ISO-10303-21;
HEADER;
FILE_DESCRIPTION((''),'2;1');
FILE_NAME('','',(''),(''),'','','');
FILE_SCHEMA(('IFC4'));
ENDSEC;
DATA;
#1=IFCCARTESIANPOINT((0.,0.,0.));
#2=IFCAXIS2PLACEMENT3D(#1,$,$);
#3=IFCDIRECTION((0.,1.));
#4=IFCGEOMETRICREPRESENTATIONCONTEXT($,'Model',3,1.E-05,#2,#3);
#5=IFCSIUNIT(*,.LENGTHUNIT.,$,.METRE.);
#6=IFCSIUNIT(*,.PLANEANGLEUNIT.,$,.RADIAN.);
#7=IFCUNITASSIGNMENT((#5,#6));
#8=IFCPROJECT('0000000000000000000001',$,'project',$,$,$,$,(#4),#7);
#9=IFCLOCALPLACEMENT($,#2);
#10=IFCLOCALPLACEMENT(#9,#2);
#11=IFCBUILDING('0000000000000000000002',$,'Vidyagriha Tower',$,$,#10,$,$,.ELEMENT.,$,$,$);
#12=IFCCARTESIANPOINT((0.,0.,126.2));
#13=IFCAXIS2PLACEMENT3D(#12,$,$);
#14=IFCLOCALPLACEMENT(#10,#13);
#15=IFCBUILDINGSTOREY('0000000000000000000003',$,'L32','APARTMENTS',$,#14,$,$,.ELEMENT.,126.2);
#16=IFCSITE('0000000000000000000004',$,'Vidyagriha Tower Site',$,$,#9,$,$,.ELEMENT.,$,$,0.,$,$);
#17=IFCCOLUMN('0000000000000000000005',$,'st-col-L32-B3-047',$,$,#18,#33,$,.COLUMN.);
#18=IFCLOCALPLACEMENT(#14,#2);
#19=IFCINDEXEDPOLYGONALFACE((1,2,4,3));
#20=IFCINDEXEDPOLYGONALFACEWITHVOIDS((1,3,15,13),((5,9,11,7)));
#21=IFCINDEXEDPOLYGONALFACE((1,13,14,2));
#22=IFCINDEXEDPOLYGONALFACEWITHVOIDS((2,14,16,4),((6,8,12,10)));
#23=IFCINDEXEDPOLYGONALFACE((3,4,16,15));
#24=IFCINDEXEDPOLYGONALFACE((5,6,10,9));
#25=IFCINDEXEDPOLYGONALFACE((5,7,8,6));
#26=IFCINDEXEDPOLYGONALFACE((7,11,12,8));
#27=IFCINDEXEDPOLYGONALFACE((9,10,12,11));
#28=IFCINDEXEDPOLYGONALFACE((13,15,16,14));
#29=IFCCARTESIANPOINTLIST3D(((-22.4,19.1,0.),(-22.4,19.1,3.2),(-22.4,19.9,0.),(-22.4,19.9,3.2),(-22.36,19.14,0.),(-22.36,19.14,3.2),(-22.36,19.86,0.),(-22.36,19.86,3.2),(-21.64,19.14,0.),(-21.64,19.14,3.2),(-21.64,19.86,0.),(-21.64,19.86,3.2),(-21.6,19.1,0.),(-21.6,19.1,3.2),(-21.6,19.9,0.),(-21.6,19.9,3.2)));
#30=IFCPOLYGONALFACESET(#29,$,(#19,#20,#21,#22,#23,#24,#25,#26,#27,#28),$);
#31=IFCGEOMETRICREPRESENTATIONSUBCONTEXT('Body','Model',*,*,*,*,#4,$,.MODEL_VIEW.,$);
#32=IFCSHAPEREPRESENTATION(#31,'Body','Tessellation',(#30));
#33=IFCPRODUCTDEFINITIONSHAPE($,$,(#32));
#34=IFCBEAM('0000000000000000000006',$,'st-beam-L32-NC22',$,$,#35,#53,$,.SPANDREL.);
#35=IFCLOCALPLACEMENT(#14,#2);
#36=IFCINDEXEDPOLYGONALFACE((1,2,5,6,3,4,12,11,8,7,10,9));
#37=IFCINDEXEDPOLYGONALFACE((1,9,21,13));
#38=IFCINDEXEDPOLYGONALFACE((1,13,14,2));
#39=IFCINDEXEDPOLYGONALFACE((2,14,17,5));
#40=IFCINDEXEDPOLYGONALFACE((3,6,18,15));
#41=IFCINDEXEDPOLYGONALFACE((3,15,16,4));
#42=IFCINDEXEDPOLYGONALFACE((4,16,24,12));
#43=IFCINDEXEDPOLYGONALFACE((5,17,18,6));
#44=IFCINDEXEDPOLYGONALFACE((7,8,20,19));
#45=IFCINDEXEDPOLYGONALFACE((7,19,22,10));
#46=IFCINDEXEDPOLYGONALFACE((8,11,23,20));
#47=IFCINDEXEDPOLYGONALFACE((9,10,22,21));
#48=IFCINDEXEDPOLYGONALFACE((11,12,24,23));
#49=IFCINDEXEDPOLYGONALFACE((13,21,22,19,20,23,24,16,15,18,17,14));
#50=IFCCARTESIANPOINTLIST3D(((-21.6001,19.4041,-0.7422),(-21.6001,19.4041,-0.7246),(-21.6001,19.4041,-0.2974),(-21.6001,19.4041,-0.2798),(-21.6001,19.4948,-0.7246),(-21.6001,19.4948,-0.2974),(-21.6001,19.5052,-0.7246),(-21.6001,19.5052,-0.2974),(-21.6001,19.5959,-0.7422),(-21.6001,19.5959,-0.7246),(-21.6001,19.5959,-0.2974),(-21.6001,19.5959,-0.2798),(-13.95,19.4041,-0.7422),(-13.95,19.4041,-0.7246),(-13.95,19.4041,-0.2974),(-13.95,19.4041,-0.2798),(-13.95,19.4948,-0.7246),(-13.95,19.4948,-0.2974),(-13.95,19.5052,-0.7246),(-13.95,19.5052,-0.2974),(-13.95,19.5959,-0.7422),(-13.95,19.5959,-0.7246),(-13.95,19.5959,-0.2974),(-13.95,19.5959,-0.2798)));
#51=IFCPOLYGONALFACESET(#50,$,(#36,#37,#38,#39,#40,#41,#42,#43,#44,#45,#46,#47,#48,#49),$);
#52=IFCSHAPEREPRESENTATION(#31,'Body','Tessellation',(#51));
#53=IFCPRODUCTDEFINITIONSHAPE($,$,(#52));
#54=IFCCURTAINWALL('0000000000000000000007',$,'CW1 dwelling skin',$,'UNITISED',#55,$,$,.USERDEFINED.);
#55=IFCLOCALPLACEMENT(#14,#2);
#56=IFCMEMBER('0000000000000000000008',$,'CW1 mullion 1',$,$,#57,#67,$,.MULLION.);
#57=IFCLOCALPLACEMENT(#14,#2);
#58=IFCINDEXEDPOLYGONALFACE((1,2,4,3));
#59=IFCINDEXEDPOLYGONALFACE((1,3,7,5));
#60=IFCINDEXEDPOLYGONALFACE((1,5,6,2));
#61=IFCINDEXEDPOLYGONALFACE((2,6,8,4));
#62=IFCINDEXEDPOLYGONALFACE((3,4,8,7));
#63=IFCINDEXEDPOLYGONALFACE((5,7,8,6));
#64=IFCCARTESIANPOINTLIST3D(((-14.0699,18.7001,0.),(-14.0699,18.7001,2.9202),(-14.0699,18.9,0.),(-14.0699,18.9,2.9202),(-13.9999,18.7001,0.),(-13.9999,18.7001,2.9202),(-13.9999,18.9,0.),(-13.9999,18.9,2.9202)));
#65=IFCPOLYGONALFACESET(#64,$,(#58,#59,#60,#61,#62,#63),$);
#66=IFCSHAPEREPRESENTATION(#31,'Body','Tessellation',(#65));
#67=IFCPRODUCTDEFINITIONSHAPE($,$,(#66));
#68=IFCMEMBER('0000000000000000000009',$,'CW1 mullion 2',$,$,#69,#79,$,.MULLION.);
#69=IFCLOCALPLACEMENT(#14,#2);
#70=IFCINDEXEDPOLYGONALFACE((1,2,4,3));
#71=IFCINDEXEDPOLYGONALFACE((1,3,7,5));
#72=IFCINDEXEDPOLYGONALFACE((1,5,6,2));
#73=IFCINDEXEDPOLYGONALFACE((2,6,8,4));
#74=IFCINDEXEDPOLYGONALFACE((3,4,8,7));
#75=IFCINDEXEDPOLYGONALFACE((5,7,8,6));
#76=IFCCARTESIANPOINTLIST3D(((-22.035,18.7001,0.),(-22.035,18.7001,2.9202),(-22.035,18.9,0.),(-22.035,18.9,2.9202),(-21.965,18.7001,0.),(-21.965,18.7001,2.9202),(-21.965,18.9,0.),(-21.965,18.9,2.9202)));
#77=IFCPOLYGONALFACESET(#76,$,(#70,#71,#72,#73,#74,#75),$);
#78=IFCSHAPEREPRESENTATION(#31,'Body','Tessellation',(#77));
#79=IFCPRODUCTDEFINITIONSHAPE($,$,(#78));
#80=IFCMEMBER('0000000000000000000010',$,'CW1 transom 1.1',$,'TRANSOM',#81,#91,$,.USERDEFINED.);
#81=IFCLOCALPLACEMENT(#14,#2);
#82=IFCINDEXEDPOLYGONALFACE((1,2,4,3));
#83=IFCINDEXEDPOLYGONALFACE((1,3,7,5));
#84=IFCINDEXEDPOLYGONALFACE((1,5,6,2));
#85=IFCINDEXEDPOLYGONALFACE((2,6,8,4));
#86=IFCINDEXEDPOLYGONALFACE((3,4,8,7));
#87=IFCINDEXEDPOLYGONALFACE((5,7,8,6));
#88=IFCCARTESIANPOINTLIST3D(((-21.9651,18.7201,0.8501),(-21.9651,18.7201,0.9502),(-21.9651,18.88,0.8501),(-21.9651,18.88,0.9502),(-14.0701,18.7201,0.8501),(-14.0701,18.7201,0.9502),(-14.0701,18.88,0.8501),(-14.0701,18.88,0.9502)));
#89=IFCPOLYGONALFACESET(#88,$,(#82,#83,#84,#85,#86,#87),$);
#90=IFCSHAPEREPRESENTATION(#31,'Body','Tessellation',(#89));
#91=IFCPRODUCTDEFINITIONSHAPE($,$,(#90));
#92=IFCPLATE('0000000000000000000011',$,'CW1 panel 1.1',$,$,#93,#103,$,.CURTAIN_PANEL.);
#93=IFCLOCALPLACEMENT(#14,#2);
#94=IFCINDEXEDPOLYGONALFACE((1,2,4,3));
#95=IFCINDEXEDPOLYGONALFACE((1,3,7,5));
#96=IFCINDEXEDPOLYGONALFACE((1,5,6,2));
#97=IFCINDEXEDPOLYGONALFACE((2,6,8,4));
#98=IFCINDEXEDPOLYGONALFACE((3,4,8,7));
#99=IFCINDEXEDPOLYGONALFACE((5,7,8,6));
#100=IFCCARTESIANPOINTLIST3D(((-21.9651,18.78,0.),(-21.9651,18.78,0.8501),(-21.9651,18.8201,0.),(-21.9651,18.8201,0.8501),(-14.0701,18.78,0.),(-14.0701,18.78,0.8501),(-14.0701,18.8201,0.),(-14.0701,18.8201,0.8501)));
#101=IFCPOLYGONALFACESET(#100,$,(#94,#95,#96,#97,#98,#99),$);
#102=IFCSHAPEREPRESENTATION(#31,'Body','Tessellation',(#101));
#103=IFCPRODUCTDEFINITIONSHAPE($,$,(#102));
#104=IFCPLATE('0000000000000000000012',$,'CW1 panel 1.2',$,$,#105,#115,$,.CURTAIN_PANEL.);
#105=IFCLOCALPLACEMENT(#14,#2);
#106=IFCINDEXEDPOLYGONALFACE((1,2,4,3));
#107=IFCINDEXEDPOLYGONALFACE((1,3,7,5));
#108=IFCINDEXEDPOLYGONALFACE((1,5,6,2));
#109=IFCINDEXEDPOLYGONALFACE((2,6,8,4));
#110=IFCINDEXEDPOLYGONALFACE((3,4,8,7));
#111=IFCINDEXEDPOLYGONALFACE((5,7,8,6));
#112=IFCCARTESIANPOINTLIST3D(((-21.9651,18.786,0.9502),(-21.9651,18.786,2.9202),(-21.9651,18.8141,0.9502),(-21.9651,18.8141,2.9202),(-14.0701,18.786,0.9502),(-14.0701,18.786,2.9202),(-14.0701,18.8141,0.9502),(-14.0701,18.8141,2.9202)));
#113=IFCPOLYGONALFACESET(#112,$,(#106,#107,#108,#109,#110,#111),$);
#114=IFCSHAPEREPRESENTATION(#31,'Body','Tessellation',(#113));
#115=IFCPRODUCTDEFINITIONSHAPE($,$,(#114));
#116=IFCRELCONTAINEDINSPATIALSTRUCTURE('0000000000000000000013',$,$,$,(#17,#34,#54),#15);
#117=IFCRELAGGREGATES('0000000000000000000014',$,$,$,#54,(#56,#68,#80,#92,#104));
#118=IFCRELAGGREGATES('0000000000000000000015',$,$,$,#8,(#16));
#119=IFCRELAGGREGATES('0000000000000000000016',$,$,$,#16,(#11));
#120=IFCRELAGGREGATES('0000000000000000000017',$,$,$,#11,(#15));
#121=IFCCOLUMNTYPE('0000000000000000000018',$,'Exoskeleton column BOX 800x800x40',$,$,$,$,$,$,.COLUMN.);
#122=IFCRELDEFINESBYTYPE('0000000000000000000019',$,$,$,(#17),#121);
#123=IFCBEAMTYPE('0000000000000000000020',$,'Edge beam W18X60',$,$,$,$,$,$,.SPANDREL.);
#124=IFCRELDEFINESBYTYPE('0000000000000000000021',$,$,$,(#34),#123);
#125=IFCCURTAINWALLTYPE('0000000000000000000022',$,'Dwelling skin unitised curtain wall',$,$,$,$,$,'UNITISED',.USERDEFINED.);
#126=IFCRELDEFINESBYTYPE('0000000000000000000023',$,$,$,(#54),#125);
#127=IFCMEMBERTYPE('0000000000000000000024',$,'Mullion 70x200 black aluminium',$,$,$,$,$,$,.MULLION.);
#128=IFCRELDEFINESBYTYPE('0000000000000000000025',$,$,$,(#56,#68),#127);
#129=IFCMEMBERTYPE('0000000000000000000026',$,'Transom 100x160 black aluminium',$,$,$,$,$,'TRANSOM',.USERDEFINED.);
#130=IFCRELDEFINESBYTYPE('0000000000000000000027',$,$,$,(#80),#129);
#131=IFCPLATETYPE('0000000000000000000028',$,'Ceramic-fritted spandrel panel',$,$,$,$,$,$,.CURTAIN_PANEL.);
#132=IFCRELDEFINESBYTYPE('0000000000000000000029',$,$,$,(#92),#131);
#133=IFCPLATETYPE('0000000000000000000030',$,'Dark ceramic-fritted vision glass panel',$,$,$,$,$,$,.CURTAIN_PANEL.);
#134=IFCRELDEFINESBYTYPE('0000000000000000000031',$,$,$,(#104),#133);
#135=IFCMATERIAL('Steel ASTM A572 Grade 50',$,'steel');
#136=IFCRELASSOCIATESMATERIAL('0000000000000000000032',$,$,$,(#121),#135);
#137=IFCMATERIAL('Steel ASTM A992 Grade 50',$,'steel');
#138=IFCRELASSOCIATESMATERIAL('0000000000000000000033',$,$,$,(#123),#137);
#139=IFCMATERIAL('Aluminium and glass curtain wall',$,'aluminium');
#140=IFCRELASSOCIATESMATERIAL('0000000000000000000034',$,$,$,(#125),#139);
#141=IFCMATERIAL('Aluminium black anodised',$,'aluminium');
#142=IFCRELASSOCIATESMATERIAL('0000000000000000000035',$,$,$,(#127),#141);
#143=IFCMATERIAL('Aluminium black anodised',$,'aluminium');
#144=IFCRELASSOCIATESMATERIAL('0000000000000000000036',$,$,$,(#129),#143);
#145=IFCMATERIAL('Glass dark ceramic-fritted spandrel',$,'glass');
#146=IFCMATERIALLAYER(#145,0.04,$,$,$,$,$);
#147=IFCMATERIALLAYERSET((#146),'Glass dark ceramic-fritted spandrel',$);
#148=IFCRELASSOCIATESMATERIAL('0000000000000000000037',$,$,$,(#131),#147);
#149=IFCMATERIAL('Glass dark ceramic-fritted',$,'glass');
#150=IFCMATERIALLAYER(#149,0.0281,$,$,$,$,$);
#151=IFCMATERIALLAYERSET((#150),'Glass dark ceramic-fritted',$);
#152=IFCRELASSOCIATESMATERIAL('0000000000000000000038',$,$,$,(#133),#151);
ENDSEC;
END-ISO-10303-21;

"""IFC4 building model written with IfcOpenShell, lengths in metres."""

from ifc_helpers import new_model, si_unit, direction, frame, origin, origin_2d, place, context, subcontext, project, spatial, rectangle, hollow_rectangle, i_section, extrude, material, layer, layer_set, material_profile, profile_set, type_object, element, aggregate, save


model = new_model("IFC4")

# Units and contexts
model_context = context("Model", 3, precision=1e-05, world=origin(), true_north=direction((0.0, 1.0)))
body_context = subcontext(model_context, "Body", "Model", "MODEL_VIEW")
ifc_project = project(units=[si_unit("LENGTHUNIT", "METRE"), si_unit("PLANEANGLEUNIT", "RADIAN")], contexts=[model_context])

# Site, building, storey
site_placement = place(None, origin())
site = spatial("IfcSite", under=ifc_project, at=site_placement, Name="Vidyagriha Tower Site", CompositionType="ELEMENT", RefElevation=0.0)
building_placement = place(site_placement, origin())
building = spatial("IfcBuilding", under=site, at=building_placement, Name="Vidyagriha Tower", CompositionType="ELEMENT")
storey_placement = place(building_placement, frame((0.0, 0.0, 126.2)))
storey = spatial("IfcBuildingStorey", under=building, at=storey_placement, Name="L32", Description="APARTMENTS", CompositionType="ELEMENT", Elevation=126.2)

# Column
ifc_material_1 = material(Name="Steel ASTM A572 Grade 50", Category="steel")
ifc_material_profile_1 = material_profile(ifc_material_1, hollow_rectangle(XDim=0.8, YDim=0.8, WallThickness=0.04, at=origin_2d()), Name="BOX 800x800x40")
ifc_profile_set_1 = profile_set([ifc_material_profile_1], Name="Steel ASTM A572 Grade 50")
column_type = type_object("IfcColumnType", Name="Exoskeleton column BOX 800x800x40", PredefinedType="COLUMN", material=ifc_profile_set_1)
column_placement = place(storey_placement, frame((-22.0, 19.5, 0.0)))
element("IfcColumn", 1, at=column_placement, inside=storey, type_object=column_type, Name="st-col-L32-B3-047", PredefinedType="COLUMN", context=body_context, shape_type="SweptSolid", body=[
    extrude(hollow_rectangle(XDim=0.8, YDim=0.8, WallThickness=0.04, at=origin_2d()), origin(), (0.0, 0.0, 1.0), 3.2),
])

# Beam
ifc_material_2 = material(Name="Steel ASTM A992 Grade 50", Category="steel")
ifc_material_profile_2 = material_profile(ifc_material_2, i_section(OverallWidth=0.1919, OverallDepth=0.4624, WebThickness=0.0105, FlangeThickness=0.0176, at=origin_2d()), Name="W18X60")
ifc_profile_set_2 = profile_set([ifc_material_profile_2], Name="Steel ASTM A992 Grade 50")
beam_type = type_object("IfcBeamType", Name="Edge beam W18X60", PredefinedType="SPANDREL", material=ifc_profile_set_2)
beam_placement = place(storey_placement, frame((-21.6001, 19.5, -0.511), z_axis=(1.0, 0.0, 0.0), x_axis=(0.0, 1.0, 0.0)))
element("IfcBeam", 2, at=beam_placement, inside=storey, type_object=beam_type, Name="st-beam-L32-NC22", PredefinedType="SPANDREL", context=body_context, shape_type="SweptSolid", body=[
    extrude(i_section(OverallWidth=0.1919, OverallDepth=0.4624, WebThickness=0.0105, FlangeThickness=0.0176, at=origin_2d()), origin(), (0.0, 0.0, 1.0), 7.6501),
])

# Curtain wall, members, plates
ifc_material_3 = material(Name="Aluminium and glass curtain wall", Category="aluminium")
curtain_wall_type = type_object("IfcCurtainWallType", Name="Dwelling skin unitised curtain wall", ElementType="UNITISED", PredefinedType="USERDEFINED", material=ifc_material_3)
curtain_wall_placement = place(storey_placement, origin())
curtain_wall = element("IfcCurtainWall", 3, at=curtain_wall_placement, inside=storey, type_object=curtain_wall_type, Name="CW1 dwelling skin", ObjectType="UNITISED", PredefinedType="USERDEFINED")
ifc_material_4 = material(Name="Aluminium black anodised", Category="aluminium")
ifc_material_profile_3 = material_profile(ifc_material_4, rectangle(XDim=0.2, YDim=0.0701, at=origin_2d()), Name="Mullion 70x200 black aluminium")
ifc_profile_set_3 = profile_set([ifc_material_profile_3], Name="Aluminium black anodised")
member_type_1 = type_object("IfcMemberType", Name="Mullion 70x200 black aluminium", PredefinedType="MULLION", material=ifc_profile_set_3)
member_1_placement = place(storey_placement, frame((-14.0349, 18.8, 0.0), z_axis=(0.0, 0.0, 1.0), x_axis=(0.0, -1.0, 0.0)))
member_1 = element("IfcMember", 4, at=member_1_placement, type_object=member_type_1, Name="CW1 mullion 1", PredefinedType="MULLION", context=body_context, shape_type="SweptSolid", body=[
    extrude(rectangle(XDim=0.2, YDim=0.0701, at=origin_2d()), origin(), (0.0, 0.0, 1.0), 2.9202),
])
member_2_placement = place(storey_placement, frame((-22.0, 18.8, 0.0), z_axis=(0.0, 0.0, 1.0), x_axis=(0.0, -1.0, 0.0)))
member_2 = element("IfcMember", 5, at=member_2_placement, type_object=member_type_1, Name="CW1 mullion 2", PredefinedType="MULLION", context=body_context, shape_type="SweptSolid", body=[
    extrude(rectangle(XDim=0.2, YDim=0.0701, at=origin_2d()), origin(), (0.0, 0.0, 1.0), 2.9202),
])
ifc_material_5 = material(Name="Aluminium black anodised", Category="aluminium")
ifc_material_profile_4 = material_profile(ifc_material_5, rectangle(XDim=0.1599, YDim=0.1001, at=origin_2d()), Name="Transom 100x160 black aluminium")
ifc_profile_set_4 = profile_set([ifc_material_profile_4], Name="Aluminium black anodised")
member_type_2 = type_object("IfcMemberType", Name="Transom 100x160 black aluminium", ElementType="TRANSOM", PredefinedType="USERDEFINED", material=ifc_profile_set_4)
member_3_placement = place(storey_placement, frame((-14.0701, 18.8, 0.9001), z_axis=(-1.0, 0.0, 0.0), x_axis=(0.0, -1.0, 0.0)))
member_3 = element("IfcMember", 6, at=member_3_placement, type_object=member_type_2, Name="CW1 transom 1.1", ObjectType="TRANSOM", PredefinedType="USERDEFINED", context=body_context, shape_type="SweptSolid", body=[
    extrude(rectangle(XDim=0.1599, YDim=0.1001, at=origin_2d()), origin(), (0.0, 0.0, 1.0), 7.895),
])
ifc_material_6 = material(Name="Glass dark ceramic-fritted spandrel", Category="glass")
ifc_layer_1 = layer(ifc_material_6, 0.04)
ifc_layer_set_1 = layer_set([ifc_layer_1], Name="Glass dark ceramic-fritted spandrel")
plate_type_1 = type_object("IfcPlateType", Name="Ceramic-fritted spandrel panel", PredefinedType="CURTAIN_PANEL", material=ifc_layer_set_1)
plate_1_placement = place(storey_placement, frame((-18.0176, 18.8, 0.0), z_axis=(0.0, 0.0, 1.0), x_axis=(-1.0, 0.0, 0.0)))
plate_1 = element("IfcPlate", 7, at=plate_1_placement, type_object=plate_type_1, Name="CW1 panel 1.1", PredefinedType="CURTAIN_PANEL", context=body_context, shape_type="SweptSolid", body=[
    extrude(rectangle(XDim=7.895, YDim=0.04, at=origin_2d()), origin(), (0.0, 0.0, 1.0), 0.8501),
])
ifc_material_7 = material(Name="Glass dark ceramic-fritted", Category="glass")
ifc_layer_2 = layer(ifc_material_7, 0.0281)
ifc_layer_set_2 = layer_set([ifc_layer_2], Name="Glass dark ceramic-fritted")
plate_type_2 = type_object("IfcPlateType", Name="Dark ceramic-fritted vision glass panel", PredefinedType="CURTAIN_PANEL", material=ifc_layer_set_2)
plate_2_placement = place(storey_placement, frame((-18.0176, 18.8, 0.9502), z_axis=(0.0, 0.0, 1.0), x_axis=(-1.0, 0.0, 0.0)))
plate_2 = element("IfcPlate", 8, at=plate_2_placement, type_object=plate_type_2, Name="CW1 panel 1.2", PredefinedType="CURTAIN_PANEL", context=body_context, shape_type="SweptSolid", body=[
    extrude(rectangle(XDim=7.895, YDim=0.0281, at=origin_2d()), origin(), (0.0, 0.0, 1.0), 1.97),
])
aggregate(curtain_wall, [member_1, member_2, member_3, plate_1, plate_2])

save(model, "model.ifc")
